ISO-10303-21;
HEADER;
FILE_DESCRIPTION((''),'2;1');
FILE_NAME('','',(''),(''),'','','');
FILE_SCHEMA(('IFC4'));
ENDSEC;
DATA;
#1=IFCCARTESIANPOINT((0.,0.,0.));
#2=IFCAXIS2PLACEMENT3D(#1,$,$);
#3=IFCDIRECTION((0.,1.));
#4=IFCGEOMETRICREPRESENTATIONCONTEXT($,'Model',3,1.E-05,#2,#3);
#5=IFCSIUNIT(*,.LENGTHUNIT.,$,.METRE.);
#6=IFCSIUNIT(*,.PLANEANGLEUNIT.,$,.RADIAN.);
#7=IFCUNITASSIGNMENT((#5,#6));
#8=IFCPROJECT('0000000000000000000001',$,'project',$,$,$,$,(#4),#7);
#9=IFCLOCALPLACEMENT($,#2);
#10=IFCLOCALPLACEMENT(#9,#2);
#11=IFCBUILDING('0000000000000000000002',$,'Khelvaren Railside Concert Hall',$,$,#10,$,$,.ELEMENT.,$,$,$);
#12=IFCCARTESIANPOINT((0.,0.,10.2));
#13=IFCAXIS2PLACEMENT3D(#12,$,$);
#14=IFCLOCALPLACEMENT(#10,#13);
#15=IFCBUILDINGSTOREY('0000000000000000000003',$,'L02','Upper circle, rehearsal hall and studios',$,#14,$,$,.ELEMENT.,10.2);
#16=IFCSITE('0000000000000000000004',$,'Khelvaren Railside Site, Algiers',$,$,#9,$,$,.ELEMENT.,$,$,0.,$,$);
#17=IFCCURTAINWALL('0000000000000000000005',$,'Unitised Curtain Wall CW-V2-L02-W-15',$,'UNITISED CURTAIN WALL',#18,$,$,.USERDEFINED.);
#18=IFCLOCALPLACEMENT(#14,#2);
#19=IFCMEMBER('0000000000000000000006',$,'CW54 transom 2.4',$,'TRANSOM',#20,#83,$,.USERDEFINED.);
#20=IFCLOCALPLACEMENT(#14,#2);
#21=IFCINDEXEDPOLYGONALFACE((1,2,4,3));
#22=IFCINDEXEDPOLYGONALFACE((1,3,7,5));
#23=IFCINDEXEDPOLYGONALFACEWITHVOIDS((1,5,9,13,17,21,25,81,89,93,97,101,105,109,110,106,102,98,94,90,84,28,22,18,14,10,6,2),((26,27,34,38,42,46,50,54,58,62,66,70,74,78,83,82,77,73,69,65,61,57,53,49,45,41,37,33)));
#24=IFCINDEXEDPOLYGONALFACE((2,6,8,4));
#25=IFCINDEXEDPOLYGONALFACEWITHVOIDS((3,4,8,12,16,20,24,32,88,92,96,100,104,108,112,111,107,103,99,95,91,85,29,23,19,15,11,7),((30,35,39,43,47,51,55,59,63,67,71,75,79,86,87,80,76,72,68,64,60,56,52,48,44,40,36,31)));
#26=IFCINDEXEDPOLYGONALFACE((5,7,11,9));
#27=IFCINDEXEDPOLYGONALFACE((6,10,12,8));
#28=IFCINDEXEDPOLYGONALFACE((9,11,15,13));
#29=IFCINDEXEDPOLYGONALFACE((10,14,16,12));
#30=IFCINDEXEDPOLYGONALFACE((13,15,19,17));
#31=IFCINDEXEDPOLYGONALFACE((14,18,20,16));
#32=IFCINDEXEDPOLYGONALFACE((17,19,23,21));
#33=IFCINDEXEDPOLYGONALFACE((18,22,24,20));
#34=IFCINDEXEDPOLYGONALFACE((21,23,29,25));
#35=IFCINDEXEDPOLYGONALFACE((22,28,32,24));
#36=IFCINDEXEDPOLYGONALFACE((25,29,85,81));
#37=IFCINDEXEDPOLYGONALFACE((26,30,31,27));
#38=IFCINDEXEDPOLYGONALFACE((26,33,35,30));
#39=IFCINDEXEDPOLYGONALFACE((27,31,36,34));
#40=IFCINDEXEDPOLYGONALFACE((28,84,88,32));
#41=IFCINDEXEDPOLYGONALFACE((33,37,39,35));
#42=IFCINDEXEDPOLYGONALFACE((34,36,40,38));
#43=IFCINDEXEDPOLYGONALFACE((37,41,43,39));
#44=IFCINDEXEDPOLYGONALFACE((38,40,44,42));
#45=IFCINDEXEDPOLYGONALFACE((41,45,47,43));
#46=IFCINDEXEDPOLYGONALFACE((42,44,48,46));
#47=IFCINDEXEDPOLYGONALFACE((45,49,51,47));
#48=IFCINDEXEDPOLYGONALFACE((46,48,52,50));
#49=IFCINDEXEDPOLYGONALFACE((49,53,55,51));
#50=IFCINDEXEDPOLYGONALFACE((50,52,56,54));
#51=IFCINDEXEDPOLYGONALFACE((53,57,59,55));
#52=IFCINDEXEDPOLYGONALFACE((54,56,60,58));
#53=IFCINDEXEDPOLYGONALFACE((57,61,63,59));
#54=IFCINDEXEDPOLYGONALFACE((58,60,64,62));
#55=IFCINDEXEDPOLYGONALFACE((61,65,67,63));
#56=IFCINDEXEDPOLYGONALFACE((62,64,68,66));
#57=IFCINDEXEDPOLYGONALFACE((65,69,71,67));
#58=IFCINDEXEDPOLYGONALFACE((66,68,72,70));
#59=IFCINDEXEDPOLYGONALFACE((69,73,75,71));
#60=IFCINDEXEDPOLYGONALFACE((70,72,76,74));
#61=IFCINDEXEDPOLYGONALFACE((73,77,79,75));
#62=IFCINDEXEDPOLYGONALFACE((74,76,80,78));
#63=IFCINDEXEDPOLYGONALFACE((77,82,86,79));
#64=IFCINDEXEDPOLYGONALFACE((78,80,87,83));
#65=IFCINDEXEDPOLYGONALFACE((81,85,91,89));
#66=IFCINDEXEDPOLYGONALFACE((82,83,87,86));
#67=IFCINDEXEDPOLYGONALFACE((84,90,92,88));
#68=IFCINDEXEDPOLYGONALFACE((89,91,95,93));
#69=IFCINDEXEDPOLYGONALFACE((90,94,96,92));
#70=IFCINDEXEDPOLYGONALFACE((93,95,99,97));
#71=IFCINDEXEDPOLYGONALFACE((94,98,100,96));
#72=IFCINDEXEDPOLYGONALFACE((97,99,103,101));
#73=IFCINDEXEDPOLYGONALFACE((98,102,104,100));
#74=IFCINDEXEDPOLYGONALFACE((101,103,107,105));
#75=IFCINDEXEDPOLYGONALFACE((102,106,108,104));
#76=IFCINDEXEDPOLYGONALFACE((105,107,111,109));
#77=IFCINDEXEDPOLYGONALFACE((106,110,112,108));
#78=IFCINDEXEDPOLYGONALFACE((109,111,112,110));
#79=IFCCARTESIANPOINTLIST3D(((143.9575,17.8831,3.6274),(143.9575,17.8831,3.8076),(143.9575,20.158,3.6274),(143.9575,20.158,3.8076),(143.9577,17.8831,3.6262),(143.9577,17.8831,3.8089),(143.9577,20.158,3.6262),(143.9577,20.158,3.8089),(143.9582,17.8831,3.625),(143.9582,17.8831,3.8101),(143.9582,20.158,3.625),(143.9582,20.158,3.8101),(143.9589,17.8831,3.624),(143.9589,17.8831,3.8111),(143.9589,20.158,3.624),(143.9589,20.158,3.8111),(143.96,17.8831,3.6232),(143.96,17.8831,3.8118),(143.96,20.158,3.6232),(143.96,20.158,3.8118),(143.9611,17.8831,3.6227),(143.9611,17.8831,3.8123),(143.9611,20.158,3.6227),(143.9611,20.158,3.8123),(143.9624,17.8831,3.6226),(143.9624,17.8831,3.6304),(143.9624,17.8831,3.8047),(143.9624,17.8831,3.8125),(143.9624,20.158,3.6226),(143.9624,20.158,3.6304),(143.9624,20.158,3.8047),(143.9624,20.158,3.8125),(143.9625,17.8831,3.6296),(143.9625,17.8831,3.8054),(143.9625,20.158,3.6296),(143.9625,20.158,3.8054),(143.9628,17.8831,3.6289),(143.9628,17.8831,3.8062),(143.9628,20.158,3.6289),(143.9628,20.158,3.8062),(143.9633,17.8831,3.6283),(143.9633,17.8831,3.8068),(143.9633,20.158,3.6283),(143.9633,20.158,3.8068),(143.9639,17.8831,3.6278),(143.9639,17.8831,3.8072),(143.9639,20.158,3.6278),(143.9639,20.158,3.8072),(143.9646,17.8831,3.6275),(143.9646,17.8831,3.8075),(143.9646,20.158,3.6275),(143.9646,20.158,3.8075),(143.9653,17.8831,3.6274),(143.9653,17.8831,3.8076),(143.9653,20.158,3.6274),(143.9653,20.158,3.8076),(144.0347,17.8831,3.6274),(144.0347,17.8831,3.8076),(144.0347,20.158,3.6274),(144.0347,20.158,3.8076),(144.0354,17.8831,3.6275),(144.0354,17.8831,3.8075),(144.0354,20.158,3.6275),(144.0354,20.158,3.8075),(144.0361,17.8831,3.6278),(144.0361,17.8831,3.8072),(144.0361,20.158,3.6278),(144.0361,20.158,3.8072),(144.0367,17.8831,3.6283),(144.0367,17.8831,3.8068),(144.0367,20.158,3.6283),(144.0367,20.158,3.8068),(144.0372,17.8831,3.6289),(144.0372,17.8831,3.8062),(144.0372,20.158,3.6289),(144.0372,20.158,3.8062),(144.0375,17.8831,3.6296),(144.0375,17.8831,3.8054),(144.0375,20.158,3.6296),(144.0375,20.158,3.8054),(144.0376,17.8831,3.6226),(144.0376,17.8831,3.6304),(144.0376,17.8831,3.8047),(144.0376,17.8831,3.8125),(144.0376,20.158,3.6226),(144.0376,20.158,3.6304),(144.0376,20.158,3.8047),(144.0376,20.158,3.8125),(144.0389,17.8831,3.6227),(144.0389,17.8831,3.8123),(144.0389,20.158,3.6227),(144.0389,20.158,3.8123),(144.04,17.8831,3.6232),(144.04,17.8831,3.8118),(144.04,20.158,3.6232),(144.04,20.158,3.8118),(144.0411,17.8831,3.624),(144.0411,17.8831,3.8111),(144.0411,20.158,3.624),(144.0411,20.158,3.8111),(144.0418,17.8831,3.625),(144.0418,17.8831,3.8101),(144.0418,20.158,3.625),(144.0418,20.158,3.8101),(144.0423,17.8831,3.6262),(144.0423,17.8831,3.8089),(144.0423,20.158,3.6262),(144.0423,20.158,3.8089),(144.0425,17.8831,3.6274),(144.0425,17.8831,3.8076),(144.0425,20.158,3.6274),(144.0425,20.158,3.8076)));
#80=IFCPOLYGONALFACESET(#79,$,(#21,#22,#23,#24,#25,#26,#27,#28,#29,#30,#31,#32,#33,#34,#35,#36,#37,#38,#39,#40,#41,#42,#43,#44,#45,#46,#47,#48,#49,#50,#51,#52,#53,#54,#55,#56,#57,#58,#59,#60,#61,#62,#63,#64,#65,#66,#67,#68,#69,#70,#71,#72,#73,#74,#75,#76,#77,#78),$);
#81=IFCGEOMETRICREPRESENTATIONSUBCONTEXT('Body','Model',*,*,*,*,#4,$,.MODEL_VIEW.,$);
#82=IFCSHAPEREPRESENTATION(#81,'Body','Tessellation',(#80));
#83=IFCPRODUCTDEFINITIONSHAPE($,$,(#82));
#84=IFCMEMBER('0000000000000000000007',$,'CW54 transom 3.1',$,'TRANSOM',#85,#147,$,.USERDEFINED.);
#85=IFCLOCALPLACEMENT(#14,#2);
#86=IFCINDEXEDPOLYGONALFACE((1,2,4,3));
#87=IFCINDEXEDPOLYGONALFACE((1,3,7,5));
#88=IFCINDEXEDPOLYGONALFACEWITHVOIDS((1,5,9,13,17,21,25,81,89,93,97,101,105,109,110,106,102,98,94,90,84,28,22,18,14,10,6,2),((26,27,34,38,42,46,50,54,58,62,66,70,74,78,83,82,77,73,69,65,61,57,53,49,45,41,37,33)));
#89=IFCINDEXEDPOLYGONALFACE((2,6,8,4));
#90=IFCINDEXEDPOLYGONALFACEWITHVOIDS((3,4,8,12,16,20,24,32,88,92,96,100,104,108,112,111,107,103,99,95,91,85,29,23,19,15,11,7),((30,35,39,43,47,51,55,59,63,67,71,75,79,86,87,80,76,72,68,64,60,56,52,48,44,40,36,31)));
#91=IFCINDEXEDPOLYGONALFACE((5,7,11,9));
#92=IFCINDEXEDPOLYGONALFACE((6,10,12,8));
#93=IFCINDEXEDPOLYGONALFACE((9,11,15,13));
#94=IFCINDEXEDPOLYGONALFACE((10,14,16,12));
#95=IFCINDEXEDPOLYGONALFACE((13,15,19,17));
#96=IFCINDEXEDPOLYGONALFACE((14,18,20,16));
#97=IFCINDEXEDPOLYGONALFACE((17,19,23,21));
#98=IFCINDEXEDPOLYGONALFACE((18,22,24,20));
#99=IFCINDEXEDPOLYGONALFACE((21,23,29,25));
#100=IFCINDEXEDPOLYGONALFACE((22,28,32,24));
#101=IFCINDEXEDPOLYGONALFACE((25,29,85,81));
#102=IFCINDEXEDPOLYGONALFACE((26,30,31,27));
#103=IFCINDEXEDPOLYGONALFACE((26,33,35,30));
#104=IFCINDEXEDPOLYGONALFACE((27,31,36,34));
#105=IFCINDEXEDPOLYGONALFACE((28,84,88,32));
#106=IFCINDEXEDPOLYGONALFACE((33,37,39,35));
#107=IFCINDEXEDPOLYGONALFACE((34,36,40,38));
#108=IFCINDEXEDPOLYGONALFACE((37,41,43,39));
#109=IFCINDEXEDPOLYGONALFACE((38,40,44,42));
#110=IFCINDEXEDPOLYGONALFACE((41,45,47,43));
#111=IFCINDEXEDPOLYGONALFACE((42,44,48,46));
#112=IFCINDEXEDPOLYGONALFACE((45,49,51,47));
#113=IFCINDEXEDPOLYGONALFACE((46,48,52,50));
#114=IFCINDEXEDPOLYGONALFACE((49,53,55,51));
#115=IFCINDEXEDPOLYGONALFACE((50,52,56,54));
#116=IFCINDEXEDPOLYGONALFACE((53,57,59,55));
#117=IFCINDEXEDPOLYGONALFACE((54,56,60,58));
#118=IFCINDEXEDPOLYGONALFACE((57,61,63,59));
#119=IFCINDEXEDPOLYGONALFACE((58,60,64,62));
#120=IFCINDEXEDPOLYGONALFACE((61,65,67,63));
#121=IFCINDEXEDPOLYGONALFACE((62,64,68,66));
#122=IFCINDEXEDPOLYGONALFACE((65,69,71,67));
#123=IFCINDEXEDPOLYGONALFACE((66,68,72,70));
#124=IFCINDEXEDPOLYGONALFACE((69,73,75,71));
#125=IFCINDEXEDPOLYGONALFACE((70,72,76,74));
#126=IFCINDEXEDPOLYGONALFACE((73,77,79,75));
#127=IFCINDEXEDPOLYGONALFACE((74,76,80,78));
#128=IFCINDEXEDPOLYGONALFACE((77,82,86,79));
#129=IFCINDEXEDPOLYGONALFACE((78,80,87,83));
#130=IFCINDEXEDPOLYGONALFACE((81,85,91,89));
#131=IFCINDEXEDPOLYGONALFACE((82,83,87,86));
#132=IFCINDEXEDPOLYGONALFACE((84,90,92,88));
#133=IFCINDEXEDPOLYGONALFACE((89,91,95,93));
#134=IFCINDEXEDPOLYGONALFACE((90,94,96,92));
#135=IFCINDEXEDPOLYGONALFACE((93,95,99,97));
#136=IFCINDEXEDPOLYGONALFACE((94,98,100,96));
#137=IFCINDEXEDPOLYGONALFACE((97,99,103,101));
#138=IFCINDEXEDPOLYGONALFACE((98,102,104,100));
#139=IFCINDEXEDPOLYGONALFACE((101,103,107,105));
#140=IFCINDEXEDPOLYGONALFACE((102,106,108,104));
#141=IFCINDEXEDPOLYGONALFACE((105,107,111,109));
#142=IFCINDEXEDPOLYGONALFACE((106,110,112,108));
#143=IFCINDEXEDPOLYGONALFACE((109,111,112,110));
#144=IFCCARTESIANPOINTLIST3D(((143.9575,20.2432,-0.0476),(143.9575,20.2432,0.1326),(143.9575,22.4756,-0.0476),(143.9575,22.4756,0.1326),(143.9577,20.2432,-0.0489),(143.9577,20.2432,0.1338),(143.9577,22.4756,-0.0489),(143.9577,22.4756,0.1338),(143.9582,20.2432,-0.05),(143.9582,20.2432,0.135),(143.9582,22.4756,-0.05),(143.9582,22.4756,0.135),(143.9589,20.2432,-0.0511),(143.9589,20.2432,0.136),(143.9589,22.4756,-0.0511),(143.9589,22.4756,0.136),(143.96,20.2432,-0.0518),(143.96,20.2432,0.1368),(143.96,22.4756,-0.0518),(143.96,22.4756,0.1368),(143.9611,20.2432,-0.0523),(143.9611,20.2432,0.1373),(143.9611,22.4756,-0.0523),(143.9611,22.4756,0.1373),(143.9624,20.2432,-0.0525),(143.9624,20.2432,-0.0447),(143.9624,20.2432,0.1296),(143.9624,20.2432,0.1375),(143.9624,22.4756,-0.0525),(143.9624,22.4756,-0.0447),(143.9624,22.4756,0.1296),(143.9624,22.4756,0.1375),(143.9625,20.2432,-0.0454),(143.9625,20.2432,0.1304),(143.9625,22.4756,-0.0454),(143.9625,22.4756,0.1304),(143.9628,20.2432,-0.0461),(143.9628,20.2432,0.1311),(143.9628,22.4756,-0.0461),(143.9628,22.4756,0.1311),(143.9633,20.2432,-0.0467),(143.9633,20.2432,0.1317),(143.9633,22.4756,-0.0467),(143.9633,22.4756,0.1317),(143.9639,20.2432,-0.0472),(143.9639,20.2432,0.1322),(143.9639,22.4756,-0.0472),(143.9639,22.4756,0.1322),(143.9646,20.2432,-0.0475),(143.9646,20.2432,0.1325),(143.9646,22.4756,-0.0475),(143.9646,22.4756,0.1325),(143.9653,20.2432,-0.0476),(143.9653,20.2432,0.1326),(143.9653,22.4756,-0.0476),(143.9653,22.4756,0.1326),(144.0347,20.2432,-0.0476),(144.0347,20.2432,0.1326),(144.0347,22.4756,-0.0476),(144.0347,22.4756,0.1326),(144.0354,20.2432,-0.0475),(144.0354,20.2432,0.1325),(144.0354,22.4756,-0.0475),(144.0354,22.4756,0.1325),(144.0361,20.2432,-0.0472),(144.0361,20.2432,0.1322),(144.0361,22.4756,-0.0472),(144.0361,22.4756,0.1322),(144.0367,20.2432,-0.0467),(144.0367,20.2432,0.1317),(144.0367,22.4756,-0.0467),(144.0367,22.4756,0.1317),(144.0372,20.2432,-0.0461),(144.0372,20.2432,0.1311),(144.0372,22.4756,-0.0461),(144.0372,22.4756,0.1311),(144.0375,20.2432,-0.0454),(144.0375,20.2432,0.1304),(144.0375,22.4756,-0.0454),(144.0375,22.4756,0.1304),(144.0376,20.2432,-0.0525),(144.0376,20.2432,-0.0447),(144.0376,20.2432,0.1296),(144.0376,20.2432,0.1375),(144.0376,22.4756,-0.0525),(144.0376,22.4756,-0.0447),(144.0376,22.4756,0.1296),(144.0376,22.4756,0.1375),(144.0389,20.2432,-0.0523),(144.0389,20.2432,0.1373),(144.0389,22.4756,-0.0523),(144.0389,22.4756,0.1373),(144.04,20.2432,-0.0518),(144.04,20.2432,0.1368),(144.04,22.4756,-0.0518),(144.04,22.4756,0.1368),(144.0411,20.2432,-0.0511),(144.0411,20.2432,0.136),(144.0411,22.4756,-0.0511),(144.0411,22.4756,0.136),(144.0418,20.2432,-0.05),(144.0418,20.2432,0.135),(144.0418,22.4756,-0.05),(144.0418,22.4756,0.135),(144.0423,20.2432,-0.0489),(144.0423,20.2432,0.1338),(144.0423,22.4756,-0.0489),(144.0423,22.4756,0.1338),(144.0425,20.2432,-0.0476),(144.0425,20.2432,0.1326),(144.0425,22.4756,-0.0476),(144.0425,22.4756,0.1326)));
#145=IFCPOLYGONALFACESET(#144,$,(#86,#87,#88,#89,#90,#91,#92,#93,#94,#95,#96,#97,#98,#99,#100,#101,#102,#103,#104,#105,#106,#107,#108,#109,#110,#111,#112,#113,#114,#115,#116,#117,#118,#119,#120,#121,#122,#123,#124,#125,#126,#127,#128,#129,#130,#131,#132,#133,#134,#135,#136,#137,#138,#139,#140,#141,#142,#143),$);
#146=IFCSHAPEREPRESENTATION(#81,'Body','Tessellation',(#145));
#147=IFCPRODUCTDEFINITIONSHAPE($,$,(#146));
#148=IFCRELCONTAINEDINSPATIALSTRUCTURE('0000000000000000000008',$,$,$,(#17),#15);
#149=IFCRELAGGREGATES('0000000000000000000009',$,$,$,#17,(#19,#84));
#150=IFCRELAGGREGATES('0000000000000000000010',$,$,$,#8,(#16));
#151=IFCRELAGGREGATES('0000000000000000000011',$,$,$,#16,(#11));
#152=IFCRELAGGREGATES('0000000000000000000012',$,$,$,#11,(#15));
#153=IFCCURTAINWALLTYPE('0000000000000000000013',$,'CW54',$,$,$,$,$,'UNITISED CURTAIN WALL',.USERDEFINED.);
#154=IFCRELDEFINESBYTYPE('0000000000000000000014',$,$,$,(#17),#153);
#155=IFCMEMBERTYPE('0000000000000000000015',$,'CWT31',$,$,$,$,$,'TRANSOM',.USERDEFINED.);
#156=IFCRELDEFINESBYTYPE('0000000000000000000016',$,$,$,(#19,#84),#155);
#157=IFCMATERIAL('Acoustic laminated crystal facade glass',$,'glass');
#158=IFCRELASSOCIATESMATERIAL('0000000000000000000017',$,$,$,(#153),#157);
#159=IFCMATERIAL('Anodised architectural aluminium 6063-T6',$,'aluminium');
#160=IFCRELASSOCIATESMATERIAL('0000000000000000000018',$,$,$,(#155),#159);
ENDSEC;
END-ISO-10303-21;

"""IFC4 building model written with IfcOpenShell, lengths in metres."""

from ifc_helpers import new_model, si_unit, direction, frame, origin, origin_2d, place, context, subcontext, project, spatial, hollow_rectangle, extrude, material, material_profile, profile_set, type_object, element, aggregate, save


model = new_model("IFC4")

# Units and contexts
model_context = context("Model", 3, precision=1e-05, world=origin(), true_north=direction((0.0, 1.0)))
body_context = subcontext(model_context, "Body", "Model", "MODEL_VIEW")
ifc_project = project(units=[si_unit("LENGTHUNIT", "METRE"), si_unit("PLANEANGLEUNIT", "RADIAN")], contexts=[model_context])

# Site, building, storey
site_placement = place(None, origin())
site = spatial("IfcSite", under=ifc_project, at=site_placement, Name="Khelvaren Railside Site, Algiers", CompositionType="ELEMENT", RefElevation=0.0)
building_placement = place(site_placement, origin())
building = spatial("IfcBuilding", under=site, at=building_placement, Name="Khelvaren Railside Concert Hall", CompositionType="ELEMENT")
storey_placement = place(building_placement, frame((0.0, 0.0, 10.2)))
storey = spatial("IfcBuildingStorey", under=building, at=storey_placement, Name="L02", Description="Upper circle, rehearsal hall and studios", CompositionType="ELEMENT", Elevation=10.2)

# Curtain wall
ifc_material_1 = material(Name="Acoustic laminated crystal facade glass", Category="glass")
curtain_wall_type_1 = type_object("IfcCurtainWallType", Name="CW54", ElementType="UNITISED CURTAIN WALL", PredefinedType="USERDEFINED", material=ifc_material_1)
curtain_wall_1_placement = place(storey_placement, origin())
curtain_wall_1 = element("IfcCurtainWall", 1, at=curtain_wall_1_placement, inside=storey, type_object=curtain_wall_type_1, Name="Unitised Curtain Wall CW-V2-L02-W-15", ObjectType="UNITISED CURTAIN WALL", PredefinedType="USERDEFINED")
ifc_material_2 = material(Name="Anodised architectural aluminium 6063-T6", Category="aluminium")

# Members
ifc_material_profile_1 = material_profile(ifc_material_2, hollow_rectangle(XDim=0.085, YDim=0.1899, WallThickness=0.0049, InnerFilletRadius=0.0029, OuterFilletRadius=0.0049, at=origin_2d()), Name="CWT 85x190x5")
ifc_profile_set_1 = profile_set([ifc_material_profile_1], Name="Anodised architectural aluminium 6063-T6")
member_type_1 = type_object("IfcMemberType", Name="CWT31", ElementType="TRANSOM", PredefinedType="USERDEFINED", material=ifc_profile_set_1)
member_1_placement = place(storey_placement, frame((144.0, 17.8831, 3.7175), z_axis=(0.0, 1.0, 0.0), x_axis=(-1.0, 0.0, 0.0)))
member_1 = element("IfcMember", 2, at=member_1_placement, type_object=member_type_1, Name="CW54 transom 2.4", ObjectType="TRANSOM", PredefinedType="USERDEFINED", context=body_context, shape_type="SweptSolid", body=[
    extrude(hollow_rectangle(XDim=0.085, YDim=0.1899, WallThickness=0.0049, InnerFilletRadius=0.0029, OuterFilletRadius=0.0049, at=origin_2d()), origin(), (0.0, 0.0, 1.0), 2.2749),
])
member_2_placement = place(storey_placement, frame((144.0, 20.2432, 0.0425), z_axis=(0.0, 1.0, 0.0), x_axis=(-1.0, 0.0, 0.0)))
member_2 = element("IfcMember", 3, at=member_2_placement, type_object=member_type_1, Name="CW54 transom 3.1", ObjectType="TRANSOM", PredefinedType="USERDEFINED", context=body_context, shape_type="SweptSolid", body=[
    extrude(hollow_rectangle(XDim=0.085, YDim=0.1899, WallThickness=0.0049, InnerFilletRadius=0.0029, OuterFilletRadius=0.0049, at=origin_2d()), origin(), (0.0, 0.0, 1.0), 2.2324),
])

aggregate(curtain_wall_1, [member_1, member_2])

save(model, "model.ifc")
